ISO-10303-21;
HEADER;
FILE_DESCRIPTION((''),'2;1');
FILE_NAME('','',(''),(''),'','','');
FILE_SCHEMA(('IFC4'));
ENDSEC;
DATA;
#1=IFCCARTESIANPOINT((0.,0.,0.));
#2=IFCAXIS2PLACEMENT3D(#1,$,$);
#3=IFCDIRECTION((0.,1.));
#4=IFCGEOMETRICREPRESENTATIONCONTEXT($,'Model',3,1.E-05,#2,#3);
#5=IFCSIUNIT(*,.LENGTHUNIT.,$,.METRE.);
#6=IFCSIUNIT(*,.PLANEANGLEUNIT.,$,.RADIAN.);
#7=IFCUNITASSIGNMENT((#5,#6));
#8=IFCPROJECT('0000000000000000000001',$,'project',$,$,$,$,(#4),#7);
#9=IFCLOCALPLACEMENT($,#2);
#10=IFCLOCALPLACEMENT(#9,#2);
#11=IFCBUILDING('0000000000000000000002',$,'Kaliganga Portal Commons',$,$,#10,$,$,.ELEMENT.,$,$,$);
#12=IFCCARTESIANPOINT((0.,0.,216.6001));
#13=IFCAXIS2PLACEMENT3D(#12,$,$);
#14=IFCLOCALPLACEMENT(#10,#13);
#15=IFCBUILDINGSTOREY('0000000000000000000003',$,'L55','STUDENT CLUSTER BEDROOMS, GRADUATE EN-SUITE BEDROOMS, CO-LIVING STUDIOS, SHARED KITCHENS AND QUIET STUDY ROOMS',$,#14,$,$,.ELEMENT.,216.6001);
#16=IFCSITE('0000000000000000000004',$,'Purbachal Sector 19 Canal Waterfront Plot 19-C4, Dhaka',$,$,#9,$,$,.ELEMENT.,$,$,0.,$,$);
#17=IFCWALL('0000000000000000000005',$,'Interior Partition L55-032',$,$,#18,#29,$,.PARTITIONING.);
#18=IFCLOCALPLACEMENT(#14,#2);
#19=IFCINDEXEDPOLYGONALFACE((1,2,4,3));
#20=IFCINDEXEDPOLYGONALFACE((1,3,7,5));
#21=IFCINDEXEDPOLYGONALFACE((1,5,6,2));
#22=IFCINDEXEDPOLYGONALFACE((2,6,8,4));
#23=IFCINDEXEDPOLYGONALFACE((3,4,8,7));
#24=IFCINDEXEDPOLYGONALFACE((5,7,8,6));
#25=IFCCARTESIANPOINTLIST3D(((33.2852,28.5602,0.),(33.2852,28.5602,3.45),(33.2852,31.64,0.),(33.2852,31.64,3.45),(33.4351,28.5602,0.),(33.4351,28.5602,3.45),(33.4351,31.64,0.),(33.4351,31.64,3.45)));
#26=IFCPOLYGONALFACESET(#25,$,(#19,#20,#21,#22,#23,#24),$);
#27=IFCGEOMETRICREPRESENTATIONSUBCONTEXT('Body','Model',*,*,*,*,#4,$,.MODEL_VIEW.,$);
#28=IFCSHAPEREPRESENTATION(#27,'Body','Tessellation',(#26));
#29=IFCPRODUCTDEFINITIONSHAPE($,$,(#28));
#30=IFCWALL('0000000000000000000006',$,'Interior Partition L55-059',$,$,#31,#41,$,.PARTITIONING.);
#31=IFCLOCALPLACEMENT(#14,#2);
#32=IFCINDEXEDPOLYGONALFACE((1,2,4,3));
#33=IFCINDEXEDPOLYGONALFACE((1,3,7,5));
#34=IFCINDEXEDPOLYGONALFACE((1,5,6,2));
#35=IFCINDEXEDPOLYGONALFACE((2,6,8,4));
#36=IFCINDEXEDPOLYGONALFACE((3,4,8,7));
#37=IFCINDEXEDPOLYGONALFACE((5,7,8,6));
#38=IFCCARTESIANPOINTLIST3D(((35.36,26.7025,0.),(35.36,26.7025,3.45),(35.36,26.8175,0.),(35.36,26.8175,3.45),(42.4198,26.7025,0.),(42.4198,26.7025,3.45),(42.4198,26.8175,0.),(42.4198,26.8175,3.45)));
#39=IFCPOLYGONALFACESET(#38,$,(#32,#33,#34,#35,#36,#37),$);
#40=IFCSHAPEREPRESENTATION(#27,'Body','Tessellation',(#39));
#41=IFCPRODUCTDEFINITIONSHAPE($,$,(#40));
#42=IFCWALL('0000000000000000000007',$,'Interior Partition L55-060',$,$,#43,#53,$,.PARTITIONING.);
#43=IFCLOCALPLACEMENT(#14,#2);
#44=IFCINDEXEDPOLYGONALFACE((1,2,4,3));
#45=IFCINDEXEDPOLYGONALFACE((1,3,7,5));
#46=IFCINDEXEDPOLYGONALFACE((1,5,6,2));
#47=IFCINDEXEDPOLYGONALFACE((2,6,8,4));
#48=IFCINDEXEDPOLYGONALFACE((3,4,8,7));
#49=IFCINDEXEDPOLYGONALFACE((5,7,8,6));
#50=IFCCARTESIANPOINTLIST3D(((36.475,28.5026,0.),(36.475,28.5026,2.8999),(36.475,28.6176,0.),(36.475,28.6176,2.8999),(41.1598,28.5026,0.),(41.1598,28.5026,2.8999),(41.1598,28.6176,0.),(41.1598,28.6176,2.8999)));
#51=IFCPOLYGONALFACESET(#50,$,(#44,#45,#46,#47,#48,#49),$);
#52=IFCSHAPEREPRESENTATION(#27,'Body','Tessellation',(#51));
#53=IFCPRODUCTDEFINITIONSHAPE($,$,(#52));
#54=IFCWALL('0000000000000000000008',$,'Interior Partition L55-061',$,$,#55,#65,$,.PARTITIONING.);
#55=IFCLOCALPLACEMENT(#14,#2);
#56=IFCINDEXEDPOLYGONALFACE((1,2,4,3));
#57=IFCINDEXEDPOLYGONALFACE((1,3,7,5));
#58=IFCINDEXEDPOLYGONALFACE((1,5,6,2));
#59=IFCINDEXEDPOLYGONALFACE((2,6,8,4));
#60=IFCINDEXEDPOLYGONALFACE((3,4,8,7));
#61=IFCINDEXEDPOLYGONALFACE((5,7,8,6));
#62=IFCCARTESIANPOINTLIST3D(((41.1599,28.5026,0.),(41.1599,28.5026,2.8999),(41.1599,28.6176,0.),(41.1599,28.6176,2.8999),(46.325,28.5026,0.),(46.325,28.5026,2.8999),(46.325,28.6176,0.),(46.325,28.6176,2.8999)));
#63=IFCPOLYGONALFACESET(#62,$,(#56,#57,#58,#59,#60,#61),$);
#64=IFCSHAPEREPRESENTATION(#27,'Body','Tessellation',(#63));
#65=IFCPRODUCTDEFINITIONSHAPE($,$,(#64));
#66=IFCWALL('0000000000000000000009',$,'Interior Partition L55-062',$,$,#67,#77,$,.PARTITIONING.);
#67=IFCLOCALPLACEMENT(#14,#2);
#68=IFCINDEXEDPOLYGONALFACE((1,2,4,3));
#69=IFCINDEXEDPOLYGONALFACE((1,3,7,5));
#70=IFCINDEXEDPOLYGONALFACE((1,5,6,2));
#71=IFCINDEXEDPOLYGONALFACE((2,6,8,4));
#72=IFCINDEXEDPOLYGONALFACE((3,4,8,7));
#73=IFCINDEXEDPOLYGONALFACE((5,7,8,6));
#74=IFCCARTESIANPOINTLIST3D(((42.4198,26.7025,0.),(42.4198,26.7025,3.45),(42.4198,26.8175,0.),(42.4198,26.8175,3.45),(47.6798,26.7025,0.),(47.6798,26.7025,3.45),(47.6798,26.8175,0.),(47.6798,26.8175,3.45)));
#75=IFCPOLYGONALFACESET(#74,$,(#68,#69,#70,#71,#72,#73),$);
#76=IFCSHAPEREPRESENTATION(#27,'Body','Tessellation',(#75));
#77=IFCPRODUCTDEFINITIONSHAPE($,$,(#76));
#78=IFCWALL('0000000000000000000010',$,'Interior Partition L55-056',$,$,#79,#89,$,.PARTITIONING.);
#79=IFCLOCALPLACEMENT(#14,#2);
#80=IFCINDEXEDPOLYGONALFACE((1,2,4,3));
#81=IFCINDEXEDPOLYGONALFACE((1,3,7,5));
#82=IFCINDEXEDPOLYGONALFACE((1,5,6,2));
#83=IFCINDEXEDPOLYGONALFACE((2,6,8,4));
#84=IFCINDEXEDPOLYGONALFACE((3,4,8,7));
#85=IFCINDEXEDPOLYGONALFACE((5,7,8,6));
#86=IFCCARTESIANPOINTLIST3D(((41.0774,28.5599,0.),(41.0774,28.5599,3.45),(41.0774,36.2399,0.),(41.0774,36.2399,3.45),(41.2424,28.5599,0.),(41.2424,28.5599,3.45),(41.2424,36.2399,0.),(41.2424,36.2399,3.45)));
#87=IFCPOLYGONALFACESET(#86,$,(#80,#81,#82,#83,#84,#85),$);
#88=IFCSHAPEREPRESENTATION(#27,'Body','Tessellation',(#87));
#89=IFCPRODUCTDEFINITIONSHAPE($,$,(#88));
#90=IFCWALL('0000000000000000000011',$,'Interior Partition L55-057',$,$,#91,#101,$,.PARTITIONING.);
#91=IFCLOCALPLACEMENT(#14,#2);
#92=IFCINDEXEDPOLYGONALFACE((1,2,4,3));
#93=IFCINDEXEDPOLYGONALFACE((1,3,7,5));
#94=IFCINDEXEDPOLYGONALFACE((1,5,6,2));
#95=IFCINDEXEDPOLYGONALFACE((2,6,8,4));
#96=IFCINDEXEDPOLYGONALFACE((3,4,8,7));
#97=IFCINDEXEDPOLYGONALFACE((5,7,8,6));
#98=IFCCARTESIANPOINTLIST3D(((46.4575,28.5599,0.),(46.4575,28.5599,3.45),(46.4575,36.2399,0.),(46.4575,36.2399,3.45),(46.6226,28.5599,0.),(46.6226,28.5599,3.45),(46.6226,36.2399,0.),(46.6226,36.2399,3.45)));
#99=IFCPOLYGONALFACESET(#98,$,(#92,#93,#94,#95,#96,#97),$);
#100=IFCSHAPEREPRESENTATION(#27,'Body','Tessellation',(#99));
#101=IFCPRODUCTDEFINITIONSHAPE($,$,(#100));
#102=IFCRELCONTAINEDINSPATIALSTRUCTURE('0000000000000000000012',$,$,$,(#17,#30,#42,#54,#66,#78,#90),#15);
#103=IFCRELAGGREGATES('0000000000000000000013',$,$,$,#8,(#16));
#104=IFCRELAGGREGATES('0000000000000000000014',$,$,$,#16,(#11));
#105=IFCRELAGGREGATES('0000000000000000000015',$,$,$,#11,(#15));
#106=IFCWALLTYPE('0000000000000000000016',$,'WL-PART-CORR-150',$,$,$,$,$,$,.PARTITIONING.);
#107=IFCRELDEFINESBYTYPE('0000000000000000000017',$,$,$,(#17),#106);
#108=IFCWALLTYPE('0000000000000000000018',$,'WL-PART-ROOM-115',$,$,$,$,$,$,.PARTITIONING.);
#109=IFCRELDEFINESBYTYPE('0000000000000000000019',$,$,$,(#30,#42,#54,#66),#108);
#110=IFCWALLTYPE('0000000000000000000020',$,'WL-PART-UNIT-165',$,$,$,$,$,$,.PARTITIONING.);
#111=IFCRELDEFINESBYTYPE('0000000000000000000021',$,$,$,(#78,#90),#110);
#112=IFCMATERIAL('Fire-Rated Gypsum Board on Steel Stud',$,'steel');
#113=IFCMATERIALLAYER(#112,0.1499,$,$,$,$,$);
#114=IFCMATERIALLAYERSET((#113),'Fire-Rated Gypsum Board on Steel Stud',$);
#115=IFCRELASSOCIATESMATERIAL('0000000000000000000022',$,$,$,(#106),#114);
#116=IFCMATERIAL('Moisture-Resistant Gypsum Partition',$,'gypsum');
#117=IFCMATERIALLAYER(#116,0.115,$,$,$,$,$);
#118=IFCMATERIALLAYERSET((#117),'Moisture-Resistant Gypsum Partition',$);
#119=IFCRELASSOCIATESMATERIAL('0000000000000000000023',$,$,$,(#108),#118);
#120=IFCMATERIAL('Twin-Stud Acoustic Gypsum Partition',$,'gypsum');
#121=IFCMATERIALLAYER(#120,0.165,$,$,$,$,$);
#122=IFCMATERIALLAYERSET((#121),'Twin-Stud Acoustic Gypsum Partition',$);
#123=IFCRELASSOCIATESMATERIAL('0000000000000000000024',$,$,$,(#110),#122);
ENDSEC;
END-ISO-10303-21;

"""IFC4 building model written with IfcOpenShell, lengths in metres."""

from ifc_helpers import new_model, si_unit, direction, frame, frame_2d, origin, place, context, subcontext, project, spatial, rectangle, extrude, material, layer, layer_set, type_object, element, save


model = new_model("IFC4")

# Units and contexts
model_context = context("Model", 3, precision=1e-05, world=origin(), true_north=direction((0.0, 1.0)))
body_context = subcontext(model_context, "Body", "Model", "MODEL_VIEW")
ifc_project = project(units=[si_unit("LENGTHUNIT", "METRE"), si_unit("PLANEANGLEUNIT", "RADIAN")], contexts=[model_context])

# Site, building, storey
site_placement = place(None, origin())
site = spatial("IfcSite", under=ifc_project, at=site_placement, Name="Purbachal Sector 19 Canal Waterfront Plot 19-C4, Dhaka", CompositionType="ELEMENT", RefElevation=0.0)
building_placement = place(site_placement, origin())
building = spatial("IfcBuilding", under=site, at=building_placement, Name="Kaliganga Portal Commons", CompositionType="ELEMENT")
storey_placement = place(building_placement, frame((0.0, 0.0, 216.6001)))
storey = spatial("IfcBuildingStorey", under=building, at=storey_placement, Name="L55", Description="STUDENT CLUSTER BEDROOMS, GRADUATE EN-SUITE BEDROOMS, CO-LIVING STUDIOS, SHARED KITCHENS AND QUIET STUDY ROOMS", CompositionType="ELEMENT", Elevation=216.6001)

# Shared definitions
ifc_material_1 = material(Name="Fire-Rated Gypsum Board on Steel Stud", Category="steel")
ifc_layer_1 = layer(ifc_material_1, 0.1499)
ifc_layer_set_1 = layer_set([ifc_layer_1], Name="Fire-Rated Gypsum Board on Steel Stud")
wall_type_1 = type_object("IfcWallType", Name="WL-PART-CORR-150", PredefinedType="PARTITIONING", material=ifc_layer_set_1)

# Walls
wall_1_placement = place(storey_placement, frame((33.3601, 28.5601, 0.0), z_axis=(0.0, 0.0, 1.0), x_axis=(0.0, 1.0, 0.0)))
element("IfcWall", 1, at=wall_1_placement, inside=storey, type_object=wall_type_1, Name="Interior Partition L55-032", PredefinedType="PARTITIONING", context=body_context, shape_type="SweptSolid", body=[
    extrude(rectangle(XDim=3.0798, YDim=0.1499, at=frame_2d((1.54, 0.0))), origin(), (0.0, 0.0, 1.0), 3.45),
])
ifc_material_2 = material(Name="Moisture-Resistant Gypsum Partition", Category="gypsum")
ifc_layer_2 = layer(ifc_material_2, 0.115)
ifc_layer_set_2 = layer_set([ifc_layer_2], Name="Moisture-Resistant Gypsum Partition")
wall_type_2 = type_object("IfcWallType", Name="WL-PART-ROOM-115", PredefinedType="PARTITIONING", material=ifc_layer_set_2)
wall_2_placement = place(storey_placement, frame((35.3601, 26.76, 0.0), z_axis=(0.0, 0.0, 1.0), x_axis=(1.0, 0.0, 0.0)))
element("IfcWall", 2, at=wall_2_placement, inside=storey, type_object=wall_type_2, Name="Interior Partition L55-059", PredefinedType="PARTITIONING", context=body_context, shape_type="SweptSolid", body=[
    extrude(rectangle(XDim=7.0598, YDim=0.115, at=frame_2d((3.5298, 0.0))), origin(), (0.0, 0.0, 1.0), 3.45),
])
wall_3_placement = place(storey_placement, frame((36.4751, 28.5601, 0.0), z_axis=(0.0, 0.0, 1.0), x_axis=(1.0, 0.0, 0.0)))
element("IfcWall", 3, at=wall_3_placement, inside=storey, type_object=wall_type_2, Name="Interior Partition L55-060", PredefinedType="PARTITIONING", context=body_context, shape_type="SweptSolid", body=[
    extrude(rectangle(XDim=4.6848, YDim=0.115, at=frame_2d((2.3423, 0.0))), origin(), (0.0, 0.0, 1.0), 2.8999),
])
wall_4_placement = place(storey_placement, frame((41.1599, 28.5601, 0.0), z_axis=(0.0, 0.0, 1.0), x_axis=(1.0, 0.0, 0.0)))
element("IfcWall", 4, at=wall_4_placement, inside=storey, type_object=wall_type_2, Name="Interior Partition L55-061", PredefinedType="PARTITIONING", context=body_context, shape_type="SweptSolid", body=[
    extrude(rectangle(XDim=5.165, YDim=0.115, at=frame_2d((2.5825, 0.0))), origin(), (0.0, 0.0, 1.0), 2.8999),
])
wall_5_placement = place(storey_placement, frame((42.4199, 26.76, 0.0), z_axis=(0.0, 0.0, 1.0), x_axis=(1.0, 0.0, 0.0)))
element("IfcWall", 5, at=wall_5_placement, inside=storey, type_object=wall_type_2, Name="Interior Partition L55-062", PredefinedType="PARTITIONING", context=body_context, shape_type="SweptSolid", body=[
    extrude(rectangle(XDim=5.26, YDim=0.115, at=frame_2d((2.6299, 0.0))), origin(), (0.0, 0.0, 1.0), 3.45),
])
ifc_material_3 = material(Name="Twin-Stud Acoustic Gypsum Partition", Category="gypsum")
ifc_layer_3 = layer(ifc_material_3, 0.165)
ifc_layer_set_3 = layer_set([ifc_layer_3], Name="Twin-Stud Acoustic Gypsum Partition")
wall_type_3 = type_object("IfcWallType", Name="WL-PART-UNIT-165", PredefinedType="PARTITIONING", material=ifc_layer_set_3)
for number, where, z_axis, x_axis, name in (
    (6, (41.1599, 28.5601, 0.0), (0.0, 0.0, 1.0), (0.0, 1.0, 0.0), "Interior Partition L55-056"),
    (7, (46.54, 28.5601, 0.0), (0.0, 0.0, 1.0), (0.0, 1.0, 0.0), "Interior Partition L55-057"),
):
    element("IfcWall", number, at=place(storey_placement, frame(where, z_axis=z_axis, x_axis=x_axis)), inside=storey, type_object=wall_type_3, Name=name, PredefinedType="PARTITIONING", context=body_context, shape_type="SweptSolid", body=[
        extrude(rectangle(XDim=7.6799, YDim=0.165, at=frame_2d((3.8398, 0.0))), origin(), (0.0, 0.0, 1.0), 3.45),
    ])

save(model, "model.ifc")
